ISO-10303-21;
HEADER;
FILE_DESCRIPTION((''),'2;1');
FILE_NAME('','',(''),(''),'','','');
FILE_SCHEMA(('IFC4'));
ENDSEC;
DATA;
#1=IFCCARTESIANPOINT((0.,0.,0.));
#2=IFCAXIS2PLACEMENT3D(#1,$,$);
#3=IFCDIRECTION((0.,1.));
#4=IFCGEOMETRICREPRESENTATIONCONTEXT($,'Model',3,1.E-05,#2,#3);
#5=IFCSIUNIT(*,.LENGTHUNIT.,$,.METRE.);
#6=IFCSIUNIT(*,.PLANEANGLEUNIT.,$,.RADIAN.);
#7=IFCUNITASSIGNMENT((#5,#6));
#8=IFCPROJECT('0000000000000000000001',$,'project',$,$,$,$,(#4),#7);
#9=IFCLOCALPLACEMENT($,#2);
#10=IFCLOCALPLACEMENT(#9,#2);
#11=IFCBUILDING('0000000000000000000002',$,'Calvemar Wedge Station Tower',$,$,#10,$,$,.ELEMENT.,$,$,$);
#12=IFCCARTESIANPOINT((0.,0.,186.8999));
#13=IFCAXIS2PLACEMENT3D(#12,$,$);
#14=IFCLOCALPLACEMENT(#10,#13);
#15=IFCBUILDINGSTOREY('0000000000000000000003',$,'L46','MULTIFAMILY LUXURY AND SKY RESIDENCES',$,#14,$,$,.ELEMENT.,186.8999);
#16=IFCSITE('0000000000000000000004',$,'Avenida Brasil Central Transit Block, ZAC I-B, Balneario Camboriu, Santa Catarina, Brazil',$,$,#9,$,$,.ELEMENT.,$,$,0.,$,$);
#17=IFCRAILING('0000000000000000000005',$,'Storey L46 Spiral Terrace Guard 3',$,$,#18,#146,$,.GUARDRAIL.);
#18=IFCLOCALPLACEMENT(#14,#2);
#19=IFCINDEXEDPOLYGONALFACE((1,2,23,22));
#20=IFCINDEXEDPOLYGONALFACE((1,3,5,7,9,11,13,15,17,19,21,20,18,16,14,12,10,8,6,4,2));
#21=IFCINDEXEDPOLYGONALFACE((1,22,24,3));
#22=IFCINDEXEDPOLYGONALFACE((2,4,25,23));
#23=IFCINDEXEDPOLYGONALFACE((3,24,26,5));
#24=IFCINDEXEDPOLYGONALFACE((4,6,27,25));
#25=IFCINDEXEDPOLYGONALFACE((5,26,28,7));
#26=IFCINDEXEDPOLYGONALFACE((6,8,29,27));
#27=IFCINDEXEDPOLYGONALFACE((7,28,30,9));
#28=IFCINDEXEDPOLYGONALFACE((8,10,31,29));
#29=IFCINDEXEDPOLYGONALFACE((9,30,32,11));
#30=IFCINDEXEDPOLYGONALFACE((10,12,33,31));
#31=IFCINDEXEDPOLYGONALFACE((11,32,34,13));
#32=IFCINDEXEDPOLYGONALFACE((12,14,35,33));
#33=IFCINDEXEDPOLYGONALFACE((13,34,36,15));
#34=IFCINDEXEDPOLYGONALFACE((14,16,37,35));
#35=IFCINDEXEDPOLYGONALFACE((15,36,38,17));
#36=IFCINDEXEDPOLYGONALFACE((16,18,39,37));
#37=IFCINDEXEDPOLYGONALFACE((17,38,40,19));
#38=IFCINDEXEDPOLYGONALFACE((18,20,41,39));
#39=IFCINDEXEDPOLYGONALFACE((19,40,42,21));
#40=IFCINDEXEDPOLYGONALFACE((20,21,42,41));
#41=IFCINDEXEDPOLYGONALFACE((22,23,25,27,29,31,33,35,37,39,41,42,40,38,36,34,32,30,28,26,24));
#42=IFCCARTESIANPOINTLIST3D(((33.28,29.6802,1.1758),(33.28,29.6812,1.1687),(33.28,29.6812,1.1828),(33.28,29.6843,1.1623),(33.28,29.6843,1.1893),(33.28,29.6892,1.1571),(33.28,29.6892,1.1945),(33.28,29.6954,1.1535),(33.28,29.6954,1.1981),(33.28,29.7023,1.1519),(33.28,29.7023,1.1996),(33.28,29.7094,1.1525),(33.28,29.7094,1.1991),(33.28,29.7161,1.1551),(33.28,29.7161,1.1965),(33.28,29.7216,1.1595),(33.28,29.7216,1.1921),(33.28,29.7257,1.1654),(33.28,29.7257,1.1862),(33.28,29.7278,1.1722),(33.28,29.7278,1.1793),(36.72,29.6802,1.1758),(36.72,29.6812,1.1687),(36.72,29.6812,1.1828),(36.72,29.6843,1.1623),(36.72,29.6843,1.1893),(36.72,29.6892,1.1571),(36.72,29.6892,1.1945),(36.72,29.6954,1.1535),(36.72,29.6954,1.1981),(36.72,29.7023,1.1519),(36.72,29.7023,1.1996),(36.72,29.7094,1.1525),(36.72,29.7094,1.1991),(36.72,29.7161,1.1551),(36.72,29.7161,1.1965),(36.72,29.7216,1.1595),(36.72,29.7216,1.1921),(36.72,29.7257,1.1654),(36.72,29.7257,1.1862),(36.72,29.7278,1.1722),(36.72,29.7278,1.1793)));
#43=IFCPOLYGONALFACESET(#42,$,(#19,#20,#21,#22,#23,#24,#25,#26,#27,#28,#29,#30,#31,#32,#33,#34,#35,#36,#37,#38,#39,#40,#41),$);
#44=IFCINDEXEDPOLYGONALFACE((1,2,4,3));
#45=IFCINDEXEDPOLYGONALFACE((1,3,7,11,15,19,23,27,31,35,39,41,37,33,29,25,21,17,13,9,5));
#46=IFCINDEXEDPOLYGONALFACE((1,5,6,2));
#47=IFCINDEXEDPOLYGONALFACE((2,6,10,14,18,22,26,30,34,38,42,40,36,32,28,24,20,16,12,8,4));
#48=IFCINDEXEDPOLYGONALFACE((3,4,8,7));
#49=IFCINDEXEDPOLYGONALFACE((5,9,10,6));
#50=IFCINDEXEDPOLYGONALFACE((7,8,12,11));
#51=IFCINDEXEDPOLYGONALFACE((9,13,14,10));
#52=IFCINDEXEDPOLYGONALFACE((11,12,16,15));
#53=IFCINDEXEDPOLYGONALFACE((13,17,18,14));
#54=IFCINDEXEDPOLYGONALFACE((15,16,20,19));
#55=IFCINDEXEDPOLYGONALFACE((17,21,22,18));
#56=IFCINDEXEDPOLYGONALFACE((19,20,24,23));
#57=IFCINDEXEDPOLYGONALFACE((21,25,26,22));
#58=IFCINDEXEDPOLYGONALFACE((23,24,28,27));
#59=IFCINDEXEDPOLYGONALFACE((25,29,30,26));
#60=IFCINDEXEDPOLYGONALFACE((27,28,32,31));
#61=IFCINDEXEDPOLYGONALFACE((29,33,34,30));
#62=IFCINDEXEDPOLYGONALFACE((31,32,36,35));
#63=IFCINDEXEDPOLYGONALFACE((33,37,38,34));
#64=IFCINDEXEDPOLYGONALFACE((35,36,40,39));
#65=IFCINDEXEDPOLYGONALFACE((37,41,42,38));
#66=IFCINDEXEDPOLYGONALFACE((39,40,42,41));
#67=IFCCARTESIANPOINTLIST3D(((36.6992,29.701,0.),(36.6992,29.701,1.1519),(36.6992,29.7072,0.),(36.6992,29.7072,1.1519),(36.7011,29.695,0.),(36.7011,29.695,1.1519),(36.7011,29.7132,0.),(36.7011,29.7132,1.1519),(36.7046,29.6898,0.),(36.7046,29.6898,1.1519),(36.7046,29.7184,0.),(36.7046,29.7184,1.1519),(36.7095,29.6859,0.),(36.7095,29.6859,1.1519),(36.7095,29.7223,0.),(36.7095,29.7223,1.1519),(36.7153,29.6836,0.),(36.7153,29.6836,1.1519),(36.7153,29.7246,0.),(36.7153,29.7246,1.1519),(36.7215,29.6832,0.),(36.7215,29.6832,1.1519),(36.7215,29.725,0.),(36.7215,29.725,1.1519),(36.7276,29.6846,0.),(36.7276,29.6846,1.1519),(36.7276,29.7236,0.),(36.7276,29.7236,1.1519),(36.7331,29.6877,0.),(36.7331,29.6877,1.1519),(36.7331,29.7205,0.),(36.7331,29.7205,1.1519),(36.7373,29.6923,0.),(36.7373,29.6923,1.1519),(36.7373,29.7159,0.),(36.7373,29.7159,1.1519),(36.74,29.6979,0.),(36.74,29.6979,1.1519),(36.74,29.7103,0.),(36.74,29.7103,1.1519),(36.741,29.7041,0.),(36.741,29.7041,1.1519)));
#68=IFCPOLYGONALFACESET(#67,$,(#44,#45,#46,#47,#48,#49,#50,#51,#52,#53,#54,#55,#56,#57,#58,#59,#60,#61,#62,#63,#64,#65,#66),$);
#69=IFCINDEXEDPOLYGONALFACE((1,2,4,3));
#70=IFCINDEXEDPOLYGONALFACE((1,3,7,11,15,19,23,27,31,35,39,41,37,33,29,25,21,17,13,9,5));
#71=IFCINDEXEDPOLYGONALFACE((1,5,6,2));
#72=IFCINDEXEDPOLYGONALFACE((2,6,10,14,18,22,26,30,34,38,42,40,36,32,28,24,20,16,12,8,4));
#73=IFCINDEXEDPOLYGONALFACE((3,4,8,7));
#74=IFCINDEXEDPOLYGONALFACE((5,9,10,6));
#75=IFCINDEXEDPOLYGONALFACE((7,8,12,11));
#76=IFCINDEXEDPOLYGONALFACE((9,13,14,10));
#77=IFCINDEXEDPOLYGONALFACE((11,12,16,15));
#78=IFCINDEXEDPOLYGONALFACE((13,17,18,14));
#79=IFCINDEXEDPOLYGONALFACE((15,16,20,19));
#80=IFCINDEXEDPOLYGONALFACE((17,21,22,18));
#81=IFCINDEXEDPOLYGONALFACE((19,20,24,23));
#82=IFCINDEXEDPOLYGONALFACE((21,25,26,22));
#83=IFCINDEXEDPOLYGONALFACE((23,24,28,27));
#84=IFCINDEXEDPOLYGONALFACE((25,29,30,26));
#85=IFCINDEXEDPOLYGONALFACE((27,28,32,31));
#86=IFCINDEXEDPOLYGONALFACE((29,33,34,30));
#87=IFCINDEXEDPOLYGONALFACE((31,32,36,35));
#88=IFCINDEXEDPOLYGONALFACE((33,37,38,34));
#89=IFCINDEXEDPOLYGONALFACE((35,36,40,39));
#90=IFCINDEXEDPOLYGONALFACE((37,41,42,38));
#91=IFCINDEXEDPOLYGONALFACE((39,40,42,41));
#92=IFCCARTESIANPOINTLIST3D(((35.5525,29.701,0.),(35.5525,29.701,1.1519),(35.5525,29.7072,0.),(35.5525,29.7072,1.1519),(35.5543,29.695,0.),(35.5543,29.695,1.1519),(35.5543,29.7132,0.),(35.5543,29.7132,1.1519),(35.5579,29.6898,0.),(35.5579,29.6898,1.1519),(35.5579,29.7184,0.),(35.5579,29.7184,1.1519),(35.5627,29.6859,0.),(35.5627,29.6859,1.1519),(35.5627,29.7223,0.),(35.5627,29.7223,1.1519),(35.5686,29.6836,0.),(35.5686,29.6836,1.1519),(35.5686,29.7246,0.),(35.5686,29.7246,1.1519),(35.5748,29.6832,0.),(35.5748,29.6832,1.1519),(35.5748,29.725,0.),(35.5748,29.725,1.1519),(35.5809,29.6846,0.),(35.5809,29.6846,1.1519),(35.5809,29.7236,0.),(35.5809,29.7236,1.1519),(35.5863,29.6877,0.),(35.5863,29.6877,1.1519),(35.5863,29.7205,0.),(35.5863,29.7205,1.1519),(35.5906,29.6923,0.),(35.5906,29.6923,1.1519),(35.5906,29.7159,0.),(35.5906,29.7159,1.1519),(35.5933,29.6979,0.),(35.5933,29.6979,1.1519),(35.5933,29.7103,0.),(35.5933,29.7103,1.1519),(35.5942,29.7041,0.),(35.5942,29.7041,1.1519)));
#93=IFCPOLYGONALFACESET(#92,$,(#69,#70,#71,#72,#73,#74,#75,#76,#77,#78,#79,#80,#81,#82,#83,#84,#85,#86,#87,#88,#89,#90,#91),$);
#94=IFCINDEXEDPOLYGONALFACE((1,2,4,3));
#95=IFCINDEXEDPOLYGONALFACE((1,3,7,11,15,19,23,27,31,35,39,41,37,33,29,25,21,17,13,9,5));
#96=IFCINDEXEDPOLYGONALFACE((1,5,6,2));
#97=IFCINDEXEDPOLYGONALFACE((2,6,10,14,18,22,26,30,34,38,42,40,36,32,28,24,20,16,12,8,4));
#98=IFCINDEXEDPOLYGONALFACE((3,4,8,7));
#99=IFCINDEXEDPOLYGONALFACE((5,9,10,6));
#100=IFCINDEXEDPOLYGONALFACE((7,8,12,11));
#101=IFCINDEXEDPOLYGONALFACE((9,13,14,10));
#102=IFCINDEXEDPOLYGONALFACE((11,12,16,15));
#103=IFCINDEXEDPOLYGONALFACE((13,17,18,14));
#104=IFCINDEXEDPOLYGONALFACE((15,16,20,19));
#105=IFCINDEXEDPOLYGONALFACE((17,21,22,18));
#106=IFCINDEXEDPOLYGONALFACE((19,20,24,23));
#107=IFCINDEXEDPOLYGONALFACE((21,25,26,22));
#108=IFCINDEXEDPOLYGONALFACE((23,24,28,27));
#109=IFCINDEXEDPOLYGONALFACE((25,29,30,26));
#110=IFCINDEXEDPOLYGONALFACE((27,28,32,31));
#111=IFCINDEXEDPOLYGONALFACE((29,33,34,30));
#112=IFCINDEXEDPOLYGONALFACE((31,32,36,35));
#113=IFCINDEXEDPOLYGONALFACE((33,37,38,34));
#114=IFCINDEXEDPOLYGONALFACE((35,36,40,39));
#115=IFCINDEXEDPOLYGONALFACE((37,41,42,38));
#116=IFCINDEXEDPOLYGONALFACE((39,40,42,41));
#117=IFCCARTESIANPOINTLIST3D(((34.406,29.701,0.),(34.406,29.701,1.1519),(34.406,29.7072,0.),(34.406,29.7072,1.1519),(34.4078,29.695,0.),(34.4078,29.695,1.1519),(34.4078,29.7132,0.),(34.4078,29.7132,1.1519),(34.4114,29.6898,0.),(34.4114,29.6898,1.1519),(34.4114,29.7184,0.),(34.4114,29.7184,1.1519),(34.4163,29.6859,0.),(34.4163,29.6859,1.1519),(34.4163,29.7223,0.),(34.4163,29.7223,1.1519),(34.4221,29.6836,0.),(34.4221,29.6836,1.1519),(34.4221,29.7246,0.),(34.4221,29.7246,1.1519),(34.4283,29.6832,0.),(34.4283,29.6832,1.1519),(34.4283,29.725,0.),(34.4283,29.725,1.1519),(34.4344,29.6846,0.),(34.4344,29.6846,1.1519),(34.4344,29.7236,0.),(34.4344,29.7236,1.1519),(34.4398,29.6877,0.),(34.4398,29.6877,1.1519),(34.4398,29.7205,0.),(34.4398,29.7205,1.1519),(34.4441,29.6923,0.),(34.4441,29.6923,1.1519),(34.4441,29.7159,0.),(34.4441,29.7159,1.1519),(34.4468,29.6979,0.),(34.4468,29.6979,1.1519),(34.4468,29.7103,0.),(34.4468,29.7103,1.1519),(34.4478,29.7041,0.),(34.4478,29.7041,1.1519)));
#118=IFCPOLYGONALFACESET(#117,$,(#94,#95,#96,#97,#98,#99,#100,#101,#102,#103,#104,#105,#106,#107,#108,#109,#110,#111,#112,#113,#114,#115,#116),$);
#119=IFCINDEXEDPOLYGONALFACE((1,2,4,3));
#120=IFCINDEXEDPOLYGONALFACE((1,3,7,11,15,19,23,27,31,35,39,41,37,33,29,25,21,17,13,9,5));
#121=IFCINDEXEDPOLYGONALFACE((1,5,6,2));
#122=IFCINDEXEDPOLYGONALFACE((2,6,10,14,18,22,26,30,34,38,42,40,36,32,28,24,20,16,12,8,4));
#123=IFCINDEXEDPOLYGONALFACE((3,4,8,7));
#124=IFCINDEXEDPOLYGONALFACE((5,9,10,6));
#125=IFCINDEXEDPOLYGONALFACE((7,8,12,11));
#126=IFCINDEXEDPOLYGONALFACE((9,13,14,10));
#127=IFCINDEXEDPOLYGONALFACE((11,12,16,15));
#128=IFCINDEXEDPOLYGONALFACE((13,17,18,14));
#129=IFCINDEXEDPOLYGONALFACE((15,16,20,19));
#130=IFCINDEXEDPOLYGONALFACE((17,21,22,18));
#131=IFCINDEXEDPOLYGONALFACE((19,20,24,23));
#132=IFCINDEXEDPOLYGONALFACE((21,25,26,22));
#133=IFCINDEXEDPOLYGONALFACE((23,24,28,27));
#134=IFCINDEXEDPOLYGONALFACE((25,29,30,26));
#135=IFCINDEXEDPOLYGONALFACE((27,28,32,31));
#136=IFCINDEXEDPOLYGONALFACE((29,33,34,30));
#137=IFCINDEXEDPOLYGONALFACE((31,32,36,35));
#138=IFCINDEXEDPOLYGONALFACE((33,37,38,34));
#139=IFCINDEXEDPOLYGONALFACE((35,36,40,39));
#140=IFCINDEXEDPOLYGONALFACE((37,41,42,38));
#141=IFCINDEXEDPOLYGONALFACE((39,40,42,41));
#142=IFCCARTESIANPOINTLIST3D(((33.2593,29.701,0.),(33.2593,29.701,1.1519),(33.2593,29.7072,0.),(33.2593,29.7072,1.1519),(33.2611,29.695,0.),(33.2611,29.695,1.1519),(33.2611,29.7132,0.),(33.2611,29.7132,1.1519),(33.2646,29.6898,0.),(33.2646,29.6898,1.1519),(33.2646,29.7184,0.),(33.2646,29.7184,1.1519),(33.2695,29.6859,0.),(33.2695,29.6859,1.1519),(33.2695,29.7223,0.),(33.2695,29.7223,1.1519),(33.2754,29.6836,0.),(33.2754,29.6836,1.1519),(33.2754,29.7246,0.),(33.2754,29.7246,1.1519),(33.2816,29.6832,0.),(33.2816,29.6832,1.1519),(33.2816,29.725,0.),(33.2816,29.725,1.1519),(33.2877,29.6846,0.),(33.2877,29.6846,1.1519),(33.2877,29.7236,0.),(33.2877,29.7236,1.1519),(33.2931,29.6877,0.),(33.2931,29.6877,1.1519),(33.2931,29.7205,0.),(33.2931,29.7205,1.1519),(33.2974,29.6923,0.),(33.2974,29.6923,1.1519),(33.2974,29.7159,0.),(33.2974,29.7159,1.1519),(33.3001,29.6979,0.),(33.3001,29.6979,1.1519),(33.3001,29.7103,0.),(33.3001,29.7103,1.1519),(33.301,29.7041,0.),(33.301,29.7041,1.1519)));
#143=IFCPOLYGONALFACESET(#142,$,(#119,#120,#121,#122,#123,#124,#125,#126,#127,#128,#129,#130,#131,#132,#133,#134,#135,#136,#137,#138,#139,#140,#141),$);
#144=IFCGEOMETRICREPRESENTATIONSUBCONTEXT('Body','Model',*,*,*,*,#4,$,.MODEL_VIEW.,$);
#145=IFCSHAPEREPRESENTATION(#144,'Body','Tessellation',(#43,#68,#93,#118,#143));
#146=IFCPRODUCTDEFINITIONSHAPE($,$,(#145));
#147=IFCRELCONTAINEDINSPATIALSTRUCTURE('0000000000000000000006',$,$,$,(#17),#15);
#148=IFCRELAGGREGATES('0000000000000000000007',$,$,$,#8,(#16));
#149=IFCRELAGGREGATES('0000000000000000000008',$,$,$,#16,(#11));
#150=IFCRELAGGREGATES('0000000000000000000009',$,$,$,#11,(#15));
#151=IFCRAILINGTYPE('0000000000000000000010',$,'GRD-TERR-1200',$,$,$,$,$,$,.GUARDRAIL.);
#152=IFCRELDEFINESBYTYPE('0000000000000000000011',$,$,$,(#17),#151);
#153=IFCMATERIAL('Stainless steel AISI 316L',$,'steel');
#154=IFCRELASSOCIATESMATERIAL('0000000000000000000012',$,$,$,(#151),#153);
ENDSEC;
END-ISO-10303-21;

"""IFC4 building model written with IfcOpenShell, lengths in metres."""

from ifc_helpers import new_model, si_unit, direction, frame, origin, origin_2d, place, context, subcontext, project, spatial, circle, extrude, material, type_object, element, save


model = new_model("IFC4")

# Units and contexts
model_context = context("Model", 3, precision=1e-05, world=origin(), true_north=direction((0.0, 1.0)))
body_context = subcontext(model_context, "Body", "Model", "MODEL_VIEW")
ifc_project = project(units=[si_unit("LENGTHUNIT", "METRE"), si_unit("PLANEANGLEUNIT", "RADIAN")], contexts=[model_context])

# Site, building, storey
site_placement = place(None, origin())
site = spatial("IfcSite", under=ifc_project, at=site_placement, Name="Avenida Brasil Central Transit Block, ZAC I-B, Balneario Camboriu, Santa Catarina, Brazil", CompositionType="ELEMENT", RefElevation=0.0)
building_placement = place(site_placement, origin())
building = spatial("IfcBuilding", under=site, at=building_placement, Name="Calvemar Wedge Station Tower", CompositionType="ELEMENT")
storey_placement = place(building_placement, frame((0.0, 0.0, 186.8999)))
storey = spatial("IfcBuildingStorey", under=building, at=storey_placement, Name="L46", Description="MULTIFAMILY LUXURY AND SKY RESIDENCES", CompositionType="ELEMENT", Elevation=186.8999)

# Railing
ifc_material_1 = material(Name="Stainless steel AISI 316L", Category="steel")
railing_type = type_object("IfcRailingType", Name="GRD-TERR-1200", PredefinedType="GUARDRAIL", material=ifc_material_1)
railing_1_placement = place(storey_placement, frame((36.72, 29.7041, 0.0)))
element("IfcRailing", 1, at=railing_1_placement, inside=storey, type_object=railing_type, Name="Storey L46 Spiral Terrace Guard 3", PredefinedType="GUARDRAIL", context=body_context, shape_type="SweptSolid", body=[
    extrude(circle(Radius=0.0239, at=origin_2d()), frame((0.0, 0.0, 1.1758), z_axis=(-1.0, 0.0, 0.0), x_axis=(0.0, -1.0, 0.0)), (0.0, 0.0, 1.0), 3.4399),
    extrude(circle(Radius=0.021, at=origin_2d()), origin(), (0.0, 0.0, 1.0), 1.1519),
    extrude(circle(Radius=0.021, at=origin_2d()), frame((-1.1467, 0.0, 0.0)), (0.0, 0.0, 1.0), 1.1519),
    extrude(circle(Radius=0.021, at=origin_2d()), frame((-2.2932, 0.0, 0.0)), (0.0, 0.0, 1.0), 1.1519),
    extrude(circle(Radius=0.021, at=origin_2d()), frame((-3.4399, 0.0, 0.0)), (0.0, 0.0, 1.0), 1.1519),
])

save(model, "model.ifc")
